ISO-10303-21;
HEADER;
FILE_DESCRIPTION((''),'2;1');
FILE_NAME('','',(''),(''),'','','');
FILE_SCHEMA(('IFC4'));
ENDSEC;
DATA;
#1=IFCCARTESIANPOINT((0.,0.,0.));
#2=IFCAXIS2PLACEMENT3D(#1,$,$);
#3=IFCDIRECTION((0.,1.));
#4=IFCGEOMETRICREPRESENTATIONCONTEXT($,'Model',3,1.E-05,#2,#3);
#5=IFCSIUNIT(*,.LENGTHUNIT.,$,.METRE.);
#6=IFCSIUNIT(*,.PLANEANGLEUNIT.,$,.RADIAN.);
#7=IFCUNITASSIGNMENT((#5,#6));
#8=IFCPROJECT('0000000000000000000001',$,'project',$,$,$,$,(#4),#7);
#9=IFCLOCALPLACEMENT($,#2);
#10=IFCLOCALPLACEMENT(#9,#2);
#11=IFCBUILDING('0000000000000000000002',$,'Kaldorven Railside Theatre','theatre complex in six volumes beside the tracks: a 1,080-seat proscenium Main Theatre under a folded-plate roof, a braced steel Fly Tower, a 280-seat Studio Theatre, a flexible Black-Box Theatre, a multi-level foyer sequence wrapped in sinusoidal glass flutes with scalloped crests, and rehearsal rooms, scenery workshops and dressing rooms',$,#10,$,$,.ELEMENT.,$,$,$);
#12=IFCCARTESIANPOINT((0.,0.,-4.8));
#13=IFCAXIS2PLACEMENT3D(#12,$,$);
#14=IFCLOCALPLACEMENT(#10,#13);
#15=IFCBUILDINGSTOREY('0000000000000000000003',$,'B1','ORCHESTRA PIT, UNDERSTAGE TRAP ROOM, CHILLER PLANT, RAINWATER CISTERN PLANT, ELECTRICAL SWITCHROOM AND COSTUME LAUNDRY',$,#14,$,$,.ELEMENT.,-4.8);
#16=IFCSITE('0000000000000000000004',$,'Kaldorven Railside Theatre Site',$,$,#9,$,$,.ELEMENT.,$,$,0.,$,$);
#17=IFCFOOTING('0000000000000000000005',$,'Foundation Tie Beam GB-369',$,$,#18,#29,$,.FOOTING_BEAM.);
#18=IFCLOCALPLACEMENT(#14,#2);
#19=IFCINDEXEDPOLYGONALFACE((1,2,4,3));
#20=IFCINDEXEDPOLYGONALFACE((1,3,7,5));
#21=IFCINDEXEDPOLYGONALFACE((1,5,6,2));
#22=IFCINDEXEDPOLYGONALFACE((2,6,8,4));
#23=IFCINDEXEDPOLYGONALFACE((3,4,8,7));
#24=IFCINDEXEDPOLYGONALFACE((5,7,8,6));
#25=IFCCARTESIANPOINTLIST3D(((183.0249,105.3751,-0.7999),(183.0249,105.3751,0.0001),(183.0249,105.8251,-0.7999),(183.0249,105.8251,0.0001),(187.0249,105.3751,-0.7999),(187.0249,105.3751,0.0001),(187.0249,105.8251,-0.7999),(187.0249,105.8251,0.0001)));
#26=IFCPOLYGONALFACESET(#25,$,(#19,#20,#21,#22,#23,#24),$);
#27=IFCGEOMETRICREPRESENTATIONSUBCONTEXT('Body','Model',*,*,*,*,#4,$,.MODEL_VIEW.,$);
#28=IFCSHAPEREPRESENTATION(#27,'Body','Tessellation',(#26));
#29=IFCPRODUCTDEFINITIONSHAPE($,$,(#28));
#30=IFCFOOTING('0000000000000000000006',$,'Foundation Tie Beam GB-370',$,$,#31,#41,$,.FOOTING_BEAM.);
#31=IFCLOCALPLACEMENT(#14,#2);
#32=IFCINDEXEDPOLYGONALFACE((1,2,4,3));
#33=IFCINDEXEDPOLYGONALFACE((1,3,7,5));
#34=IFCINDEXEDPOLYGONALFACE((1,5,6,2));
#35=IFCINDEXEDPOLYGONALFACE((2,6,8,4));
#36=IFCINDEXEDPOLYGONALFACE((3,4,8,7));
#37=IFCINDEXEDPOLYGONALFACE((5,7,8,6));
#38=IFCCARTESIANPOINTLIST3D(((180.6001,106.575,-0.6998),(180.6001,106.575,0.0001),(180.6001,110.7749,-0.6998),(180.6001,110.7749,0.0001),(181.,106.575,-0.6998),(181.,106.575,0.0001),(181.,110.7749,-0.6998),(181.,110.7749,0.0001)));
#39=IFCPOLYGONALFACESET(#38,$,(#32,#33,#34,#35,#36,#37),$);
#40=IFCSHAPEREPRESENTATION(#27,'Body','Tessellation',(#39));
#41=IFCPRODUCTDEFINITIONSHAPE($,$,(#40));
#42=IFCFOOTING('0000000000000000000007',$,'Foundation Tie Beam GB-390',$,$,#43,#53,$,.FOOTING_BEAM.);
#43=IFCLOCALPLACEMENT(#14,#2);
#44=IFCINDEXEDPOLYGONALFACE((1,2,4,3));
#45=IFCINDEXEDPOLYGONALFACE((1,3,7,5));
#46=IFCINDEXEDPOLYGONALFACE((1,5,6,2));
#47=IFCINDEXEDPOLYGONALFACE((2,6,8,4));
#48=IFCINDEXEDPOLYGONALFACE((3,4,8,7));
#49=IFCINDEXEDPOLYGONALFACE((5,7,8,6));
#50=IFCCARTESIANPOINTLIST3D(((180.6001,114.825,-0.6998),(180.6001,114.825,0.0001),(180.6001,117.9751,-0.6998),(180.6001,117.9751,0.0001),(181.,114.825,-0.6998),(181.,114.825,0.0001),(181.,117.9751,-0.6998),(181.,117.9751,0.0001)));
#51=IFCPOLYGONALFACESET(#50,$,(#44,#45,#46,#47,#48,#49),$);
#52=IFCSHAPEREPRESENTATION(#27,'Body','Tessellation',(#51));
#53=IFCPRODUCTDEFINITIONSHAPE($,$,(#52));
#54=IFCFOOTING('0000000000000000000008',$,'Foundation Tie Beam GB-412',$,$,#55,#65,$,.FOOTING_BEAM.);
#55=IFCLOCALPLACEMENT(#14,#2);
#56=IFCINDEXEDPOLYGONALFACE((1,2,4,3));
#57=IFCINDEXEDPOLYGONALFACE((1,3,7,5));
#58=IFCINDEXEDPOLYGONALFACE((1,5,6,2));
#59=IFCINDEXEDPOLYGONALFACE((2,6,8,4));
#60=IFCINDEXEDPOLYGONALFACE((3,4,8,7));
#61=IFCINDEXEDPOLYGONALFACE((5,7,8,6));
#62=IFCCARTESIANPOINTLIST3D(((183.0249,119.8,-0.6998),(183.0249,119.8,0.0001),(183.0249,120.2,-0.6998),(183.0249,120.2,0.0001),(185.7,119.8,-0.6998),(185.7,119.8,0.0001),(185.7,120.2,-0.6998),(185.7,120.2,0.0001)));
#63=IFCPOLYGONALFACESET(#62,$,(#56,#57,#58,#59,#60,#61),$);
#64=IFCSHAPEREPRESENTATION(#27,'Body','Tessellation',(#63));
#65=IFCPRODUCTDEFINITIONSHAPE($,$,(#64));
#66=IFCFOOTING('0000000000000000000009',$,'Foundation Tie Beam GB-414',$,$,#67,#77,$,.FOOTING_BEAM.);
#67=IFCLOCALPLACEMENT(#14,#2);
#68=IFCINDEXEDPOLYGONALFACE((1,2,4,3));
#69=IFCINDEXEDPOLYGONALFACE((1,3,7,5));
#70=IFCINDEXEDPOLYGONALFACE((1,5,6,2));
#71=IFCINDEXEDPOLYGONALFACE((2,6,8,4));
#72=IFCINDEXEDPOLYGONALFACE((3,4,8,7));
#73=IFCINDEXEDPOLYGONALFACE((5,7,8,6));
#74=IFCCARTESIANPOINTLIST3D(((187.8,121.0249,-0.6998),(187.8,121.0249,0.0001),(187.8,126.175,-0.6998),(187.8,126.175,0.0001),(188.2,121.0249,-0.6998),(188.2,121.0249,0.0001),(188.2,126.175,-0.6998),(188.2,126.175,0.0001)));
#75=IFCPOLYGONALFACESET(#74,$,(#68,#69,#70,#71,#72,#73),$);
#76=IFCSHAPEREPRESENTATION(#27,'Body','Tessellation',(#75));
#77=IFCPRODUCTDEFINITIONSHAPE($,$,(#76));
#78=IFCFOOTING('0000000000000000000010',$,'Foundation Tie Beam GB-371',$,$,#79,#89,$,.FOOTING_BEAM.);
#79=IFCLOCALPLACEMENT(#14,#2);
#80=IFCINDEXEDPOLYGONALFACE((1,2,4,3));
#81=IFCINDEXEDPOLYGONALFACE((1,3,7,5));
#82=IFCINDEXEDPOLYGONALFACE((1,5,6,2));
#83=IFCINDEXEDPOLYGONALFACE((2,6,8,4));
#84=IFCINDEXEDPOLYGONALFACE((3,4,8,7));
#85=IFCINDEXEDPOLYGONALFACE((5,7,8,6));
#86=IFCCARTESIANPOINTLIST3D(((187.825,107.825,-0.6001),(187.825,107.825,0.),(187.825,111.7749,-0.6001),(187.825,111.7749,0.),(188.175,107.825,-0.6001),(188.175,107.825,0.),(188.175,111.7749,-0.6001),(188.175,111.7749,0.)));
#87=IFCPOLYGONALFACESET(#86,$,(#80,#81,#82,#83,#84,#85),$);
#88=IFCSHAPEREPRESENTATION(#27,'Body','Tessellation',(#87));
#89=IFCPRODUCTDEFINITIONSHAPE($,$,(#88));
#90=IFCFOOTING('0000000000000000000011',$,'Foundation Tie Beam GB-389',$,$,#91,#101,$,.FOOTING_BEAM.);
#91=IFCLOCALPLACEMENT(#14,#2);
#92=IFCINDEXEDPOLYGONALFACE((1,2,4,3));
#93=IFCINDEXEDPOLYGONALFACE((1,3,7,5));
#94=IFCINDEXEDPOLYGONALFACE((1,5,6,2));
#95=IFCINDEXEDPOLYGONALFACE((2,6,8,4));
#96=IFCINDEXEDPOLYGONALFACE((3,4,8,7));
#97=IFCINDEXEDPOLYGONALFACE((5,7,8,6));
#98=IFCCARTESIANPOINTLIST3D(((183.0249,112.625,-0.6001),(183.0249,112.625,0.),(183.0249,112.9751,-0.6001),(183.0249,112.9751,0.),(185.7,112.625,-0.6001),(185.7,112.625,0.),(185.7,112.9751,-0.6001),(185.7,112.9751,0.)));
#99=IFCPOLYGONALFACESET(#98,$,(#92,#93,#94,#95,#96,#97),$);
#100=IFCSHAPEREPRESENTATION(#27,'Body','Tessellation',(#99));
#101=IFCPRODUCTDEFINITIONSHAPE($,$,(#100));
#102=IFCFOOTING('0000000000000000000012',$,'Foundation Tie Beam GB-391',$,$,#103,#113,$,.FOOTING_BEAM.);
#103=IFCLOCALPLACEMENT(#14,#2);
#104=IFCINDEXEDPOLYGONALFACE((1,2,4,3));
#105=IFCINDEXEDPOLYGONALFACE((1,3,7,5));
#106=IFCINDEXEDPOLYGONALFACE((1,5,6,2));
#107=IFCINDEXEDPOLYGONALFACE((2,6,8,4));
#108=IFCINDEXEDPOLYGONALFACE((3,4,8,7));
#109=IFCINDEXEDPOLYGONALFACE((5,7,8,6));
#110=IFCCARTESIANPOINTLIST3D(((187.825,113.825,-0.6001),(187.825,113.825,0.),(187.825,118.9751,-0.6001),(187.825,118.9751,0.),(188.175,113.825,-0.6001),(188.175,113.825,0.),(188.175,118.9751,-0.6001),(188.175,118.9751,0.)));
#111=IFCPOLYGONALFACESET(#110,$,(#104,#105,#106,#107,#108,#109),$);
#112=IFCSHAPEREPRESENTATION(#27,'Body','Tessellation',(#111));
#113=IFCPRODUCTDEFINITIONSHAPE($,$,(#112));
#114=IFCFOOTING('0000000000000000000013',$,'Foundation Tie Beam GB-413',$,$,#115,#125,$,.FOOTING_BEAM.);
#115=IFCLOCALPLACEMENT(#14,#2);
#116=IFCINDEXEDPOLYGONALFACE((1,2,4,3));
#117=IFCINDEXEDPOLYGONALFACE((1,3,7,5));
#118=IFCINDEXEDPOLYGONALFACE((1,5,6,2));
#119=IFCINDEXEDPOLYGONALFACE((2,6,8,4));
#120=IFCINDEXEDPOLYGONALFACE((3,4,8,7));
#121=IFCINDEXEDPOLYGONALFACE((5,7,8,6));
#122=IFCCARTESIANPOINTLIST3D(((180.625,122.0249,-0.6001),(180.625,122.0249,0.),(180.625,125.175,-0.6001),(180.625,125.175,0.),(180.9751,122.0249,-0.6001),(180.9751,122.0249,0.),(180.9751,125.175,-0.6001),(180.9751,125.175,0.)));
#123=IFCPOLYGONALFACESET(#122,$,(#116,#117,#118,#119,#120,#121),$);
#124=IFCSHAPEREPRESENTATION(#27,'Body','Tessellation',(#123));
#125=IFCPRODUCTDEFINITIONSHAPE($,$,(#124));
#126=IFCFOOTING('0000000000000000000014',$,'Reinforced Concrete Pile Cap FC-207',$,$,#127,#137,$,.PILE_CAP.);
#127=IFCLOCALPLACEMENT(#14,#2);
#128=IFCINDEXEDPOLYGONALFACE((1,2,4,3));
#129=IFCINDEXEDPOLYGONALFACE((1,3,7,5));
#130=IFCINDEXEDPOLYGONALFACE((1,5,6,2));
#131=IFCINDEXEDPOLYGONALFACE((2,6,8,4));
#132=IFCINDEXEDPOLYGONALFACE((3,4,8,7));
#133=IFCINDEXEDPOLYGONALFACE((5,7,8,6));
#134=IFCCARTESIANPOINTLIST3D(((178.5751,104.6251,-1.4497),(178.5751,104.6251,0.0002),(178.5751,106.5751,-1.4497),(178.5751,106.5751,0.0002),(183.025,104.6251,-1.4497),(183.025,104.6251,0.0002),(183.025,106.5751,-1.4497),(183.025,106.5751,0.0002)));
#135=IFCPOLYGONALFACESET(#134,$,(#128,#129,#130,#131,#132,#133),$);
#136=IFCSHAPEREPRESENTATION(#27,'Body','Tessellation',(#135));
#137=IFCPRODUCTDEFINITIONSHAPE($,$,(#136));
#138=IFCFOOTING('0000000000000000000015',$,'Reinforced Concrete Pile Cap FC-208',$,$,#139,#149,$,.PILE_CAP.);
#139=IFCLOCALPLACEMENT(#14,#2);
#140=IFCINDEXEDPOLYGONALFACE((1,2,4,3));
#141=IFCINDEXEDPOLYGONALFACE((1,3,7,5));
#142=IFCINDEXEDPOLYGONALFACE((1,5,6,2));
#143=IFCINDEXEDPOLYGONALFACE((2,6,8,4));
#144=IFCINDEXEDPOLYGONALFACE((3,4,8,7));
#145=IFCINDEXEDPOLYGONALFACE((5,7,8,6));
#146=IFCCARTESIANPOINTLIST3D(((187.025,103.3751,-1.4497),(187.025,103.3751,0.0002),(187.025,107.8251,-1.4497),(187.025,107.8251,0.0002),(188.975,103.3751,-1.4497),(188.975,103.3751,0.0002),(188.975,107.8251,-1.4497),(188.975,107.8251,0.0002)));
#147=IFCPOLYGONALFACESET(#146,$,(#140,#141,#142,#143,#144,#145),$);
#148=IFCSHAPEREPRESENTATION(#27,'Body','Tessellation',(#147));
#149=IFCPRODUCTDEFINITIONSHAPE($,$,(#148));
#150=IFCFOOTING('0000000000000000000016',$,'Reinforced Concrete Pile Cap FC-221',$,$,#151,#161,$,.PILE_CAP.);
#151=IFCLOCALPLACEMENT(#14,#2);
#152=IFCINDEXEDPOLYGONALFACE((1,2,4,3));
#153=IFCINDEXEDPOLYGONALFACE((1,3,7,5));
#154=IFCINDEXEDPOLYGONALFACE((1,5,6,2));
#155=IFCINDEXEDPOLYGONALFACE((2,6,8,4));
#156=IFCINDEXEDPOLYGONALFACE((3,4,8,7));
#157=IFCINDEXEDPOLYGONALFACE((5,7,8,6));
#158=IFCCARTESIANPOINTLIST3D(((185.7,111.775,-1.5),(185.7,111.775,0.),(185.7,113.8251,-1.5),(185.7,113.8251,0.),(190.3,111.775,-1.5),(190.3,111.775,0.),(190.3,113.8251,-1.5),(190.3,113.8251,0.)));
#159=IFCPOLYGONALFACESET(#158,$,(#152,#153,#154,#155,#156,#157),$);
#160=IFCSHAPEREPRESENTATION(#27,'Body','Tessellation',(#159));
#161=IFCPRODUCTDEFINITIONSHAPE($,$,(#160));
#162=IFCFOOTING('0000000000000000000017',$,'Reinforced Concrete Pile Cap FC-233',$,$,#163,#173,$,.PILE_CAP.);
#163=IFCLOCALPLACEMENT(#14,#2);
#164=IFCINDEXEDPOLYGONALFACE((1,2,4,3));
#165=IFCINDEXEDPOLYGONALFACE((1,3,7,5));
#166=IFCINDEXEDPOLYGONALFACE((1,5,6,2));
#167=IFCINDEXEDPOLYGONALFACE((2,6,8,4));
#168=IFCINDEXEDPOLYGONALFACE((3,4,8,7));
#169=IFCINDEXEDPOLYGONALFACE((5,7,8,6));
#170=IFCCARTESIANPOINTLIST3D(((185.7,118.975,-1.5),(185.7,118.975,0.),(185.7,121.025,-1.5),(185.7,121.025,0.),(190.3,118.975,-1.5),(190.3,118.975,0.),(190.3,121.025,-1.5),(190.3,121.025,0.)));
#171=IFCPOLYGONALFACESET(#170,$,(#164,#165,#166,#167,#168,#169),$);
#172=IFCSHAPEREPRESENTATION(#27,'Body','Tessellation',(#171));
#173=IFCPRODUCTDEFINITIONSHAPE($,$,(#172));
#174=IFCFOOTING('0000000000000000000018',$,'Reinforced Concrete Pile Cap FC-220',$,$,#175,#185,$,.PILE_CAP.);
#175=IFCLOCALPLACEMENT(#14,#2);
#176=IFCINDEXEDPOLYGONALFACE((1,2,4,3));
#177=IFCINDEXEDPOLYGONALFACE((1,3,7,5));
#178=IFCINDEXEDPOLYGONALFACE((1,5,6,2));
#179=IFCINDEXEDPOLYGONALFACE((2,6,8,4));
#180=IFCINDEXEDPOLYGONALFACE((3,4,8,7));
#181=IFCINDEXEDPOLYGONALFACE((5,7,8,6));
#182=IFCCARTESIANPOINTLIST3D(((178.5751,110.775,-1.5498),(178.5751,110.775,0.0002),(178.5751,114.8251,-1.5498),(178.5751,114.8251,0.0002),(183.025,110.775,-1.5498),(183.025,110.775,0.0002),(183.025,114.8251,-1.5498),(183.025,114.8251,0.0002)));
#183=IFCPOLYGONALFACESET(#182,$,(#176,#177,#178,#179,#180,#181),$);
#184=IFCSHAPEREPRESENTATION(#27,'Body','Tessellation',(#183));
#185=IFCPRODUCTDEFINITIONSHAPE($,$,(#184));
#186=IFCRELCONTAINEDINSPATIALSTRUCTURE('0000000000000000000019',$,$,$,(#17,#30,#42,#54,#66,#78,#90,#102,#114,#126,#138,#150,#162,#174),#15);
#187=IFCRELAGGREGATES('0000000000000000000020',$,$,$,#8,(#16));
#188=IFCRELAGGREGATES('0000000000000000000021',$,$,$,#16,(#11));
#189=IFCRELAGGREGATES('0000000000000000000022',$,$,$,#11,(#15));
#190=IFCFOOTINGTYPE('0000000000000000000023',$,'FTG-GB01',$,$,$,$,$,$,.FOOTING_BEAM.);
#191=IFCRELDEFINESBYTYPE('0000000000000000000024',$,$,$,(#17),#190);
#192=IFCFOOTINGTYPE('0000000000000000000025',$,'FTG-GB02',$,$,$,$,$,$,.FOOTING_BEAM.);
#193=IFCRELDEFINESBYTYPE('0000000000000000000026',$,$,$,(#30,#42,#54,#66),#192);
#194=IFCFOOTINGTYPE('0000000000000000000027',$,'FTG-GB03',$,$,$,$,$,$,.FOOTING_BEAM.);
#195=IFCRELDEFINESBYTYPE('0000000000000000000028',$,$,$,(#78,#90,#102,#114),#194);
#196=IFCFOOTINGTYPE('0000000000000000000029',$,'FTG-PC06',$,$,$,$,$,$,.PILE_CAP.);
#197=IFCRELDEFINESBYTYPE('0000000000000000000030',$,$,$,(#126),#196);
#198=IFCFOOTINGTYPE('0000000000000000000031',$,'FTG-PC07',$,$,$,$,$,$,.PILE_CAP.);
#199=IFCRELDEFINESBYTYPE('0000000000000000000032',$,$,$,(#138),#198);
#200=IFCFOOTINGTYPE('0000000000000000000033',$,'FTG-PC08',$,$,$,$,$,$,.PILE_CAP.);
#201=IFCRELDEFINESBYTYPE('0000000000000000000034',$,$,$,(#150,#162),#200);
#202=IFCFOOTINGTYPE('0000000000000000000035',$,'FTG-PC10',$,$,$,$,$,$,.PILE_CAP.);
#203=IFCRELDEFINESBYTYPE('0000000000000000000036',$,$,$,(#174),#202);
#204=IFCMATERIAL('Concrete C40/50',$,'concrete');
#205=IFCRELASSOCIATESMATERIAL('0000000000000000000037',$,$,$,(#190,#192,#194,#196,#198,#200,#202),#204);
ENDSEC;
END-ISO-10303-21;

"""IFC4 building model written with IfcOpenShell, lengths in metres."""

from ifc_helpers import new_model, si_unit, direction, frame, origin, origin_2d, place, context, subcontext, project, spatial, rectangle, extrude, material, material_profile, profile_set, type_object, element, save


model = new_model("IFC4")

# Units and contexts
model_context = context("Model", 3, precision=1e-05, world=origin(), true_north=direction((0.0, 1.0)))
body_context = subcontext(model_context, "Body", "Model", "MODEL_VIEW")
ifc_project = project(units=[si_unit("LENGTHUNIT", "METRE"), si_unit("PLANEANGLEUNIT", "RADIAN")], contexts=[model_context])

# Site, building, storey
site_placement = place(None, origin())
site = spatial("IfcSite", under=ifc_project, at=site_placement, Name="Kaldorven Railside Theatre Site", CompositionType="ELEMENT", RefElevation=0.0)
building_placement = place(site_placement, origin())
building = spatial("IfcBuilding", under=site, at=building_placement, Name="Kaldorven Railside Theatre", Description="theatre complex in six volumes beside the tracks: a 1,080-seat proscenium Main Theatre under a folded-plate roof, a braced steel Fly Tower, a 280-seat Studio Theatre, a flexible Black-Box Theatre, a multi-level foyer sequence wrapped in sinusoidal glass flutes with scalloped crests, and rehearsal rooms, scenery workshops and dressing rooms", CompositionType="ELEMENT")
storey_placement = place(building_placement, frame((0.0, 0.0, -4.8)))
storey = spatial("IfcBuildingStorey", under=building, at=storey_placement, Name="B1", Description="ORCHESTRA PIT, UNDERSTAGE TRAP ROOM, CHILLER PLANT, RAINWATER CISTERN PLANT, ELECTRICAL SWITCHROOM AND COSTUME LAUNDRY", CompositionType="ELEMENT", Elevation=-4.8)

# Footings
ifc_material_1 = material(Name="Concrete C40/50", Category="concrete")
ifc_material_profile_1 = material_profile(ifc_material_1, rectangle(XDim=0.45, YDim=0.8, at=origin_2d()), Name="RC 450x800")
ifc_profile_set_1 = profile_set([ifc_material_profile_1], Name="Concrete C40/50")
footing_type_1 = type_object("IfcFootingType", Name="FTG-GB01", PredefinedType="FOOTING_BEAM", material=ifc_profile_set_1)
footing_1_placement = place(storey_placement, frame((183.0249, 105.6001, -0.3999), z_axis=(1.0, 0.0, 0.0), x_axis=(0.0, 1.0, 0.0)))
element("IfcFooting", 1, at=footing_1_placement, inside=storey, type_object=footing_type_1, Name="Foundation Tie Beam GB-369", PredefinedType="FOOTING_BEAM", context=body_context, shape_type="SweptSolid", body=[
    extrude(rectangle(XDim=0.45, YDim=0.8, at=origin_2d()), origin(), (0.0, 0.0, 1.0), 4.0),
])
ifc_material_profile_2 = material_profile(ifc_material_1, rectangle(XDim=0.3999, YDim=0.7, at=origin_2d()), Name="RC 400x700")
ifc_profile_set_2 = profile_set([ifc_material_profile_2], Name="Concrete C40/50")
footing_type_2 = type_object("IfcFootingType", Name="FTG-GB02", PredefinedType="FOOTING_BEAM", material=ifc_profile_set_2)
footing_2_placement = place(storey_placement, frame((180.8, 106.575, -0.3499), z_axis=(0.0, 1.0, 0.0), x_axis=(-1.0, 0.0, 0.0)))
element("IfcFooting", 2, at=footing_2_placement, inside=storey, type_object=footing_type_2, Name="Foundation Tie Beam GB-370", PredefinedType="FOOTING_BEAM", context=body_context, shape_type="SweptSolid", body=[
    extrude(rectangle(XDim=0.3999, YDim=0.7, at=origin_2d()), origin(), (0.0, 0.0, 1.0), 4.2),
])
footing_3_placement = place(storey_placement, frame((180.8, 114.825, -0.3499), z_axis=(0.0, 1.0, 0.0), x_axis=(-1.0, 0.0, 0.0)))
element("IfcFooting", 3, at=footing_3_placement, inside=storey, type_object=footing_type_2, Name="Foundation Tie Beam GB-390", PredefinedType="FOOTING_BEAM", context=body_context, shape_type="SweptSolid", body=[
    extrude(rectangle(XDim=0.3999, YDim=0.7, at=origin_2d()), origin(), (0.0, 0.0, 1.0), 3.1501),
])
footing_4_placement = place(storey_placement, frame((183.0249, 120.0, -0.3499), z_axis=(1.0, 0.0, 0.0), x_axis=(0.0, 1.0, 0.0)))
element("IfcFooting", 4, at=footing_4_placement, inside=storey, type_object=footing_type_2, Name="Foundation Tie Beam GB-412", PredefinedType="FOOTING_BEAM", context=body_context, shape_type="SweptSolid", body=[
    extrude(rectangle(XDim=0.3999, YDim=0.7, at=origin_2d()), origin(), (0.0, 0.0, 1.0), 2.675),
])
footing_5_placement = place(storey_placement, frame((188.0, 121.0249, -0.3499), z_axis=(0.0, 1.0, 0.0), x_axis=(-1.0, 0.0, 0.0)))
element("IfcFooting", 5, at=footing_5_placement, inside=storey, type_object=footing_type_2, Name="Foundation Tie Beam GB-414", PredefinedType="FOOTING_BEAM", context=body_context, shape_type="SweptSolid", body=[
    extrude(rectangle(XDim=0.3999, YDim=0.7, at=origin_2d()), origin(), (0.0, 0.0, 1.0), 5.1501),
])
ifc_material_profile_3 = material_profile(ifc_material_1, rectangle(XDim=0.3501, YDim=0.6001, at=origin_2d()), Name="RC 350x600")
ifc_profile_set_3 = profile_set([ifc_material_profile_3], Name="Concrete C40/50")
footing_type_3 = type_object("IfcFootingType", Name="FTG-GB03", PredefinedType="FOOTING_BEAM", material=ifc_profile_set_3)
footing_6_placement = place(storey_placement, frame((188.0, 107.825, -0.3), z_axis=(0.0, 1.0, 0.0), x_axis=(-1.0, 0.0, 0.0)))
element("IfcFooting", 6, at=footing_6_placement, inside=storey, type_object=footing_type_3, Name="Foundation Tie Beam GB-371", PredefinedType="FOOTING_BEAM", context=body_context, shape_type="SweptSolid", body=[
    extrude(rectangle(XDim=0.3501, YDim=0.6001, at=origin_2d()), origin(), (0.0, 0.0, 1.0), 3.95),
])
footing_7_placement = place(storey_placement, frame((183.0249, 112.8, -0.3), z_axis=(1.0, 0.0, 0.0), x_axis=(0.0, 1.0, 0.0)))
element("IfcFooting", 7, at=footing_7_placement, inside=storey, type_object=footing_type_3, Name="Foundation Tie Beam GB-389", PredefinedType="FOOTING_BEAM", context=body_context, shape_type="SweptSolid", body=[
    extrude(rectangle(XDim=0.3501, YDim=0.6001, at=origin_2d()), origin(), (0.0, 0.0, 1.0), 2.675),
])
footing_8_placement = place(storey_placement, frame((188.0, 113.825, -0.3), z_axis=(0.0, 1.0, 0.0), x_axis=(-1.0, 0.0, 0.0)))
element("IfcFooting", 8, at=footing_8_placement, inside=storey, type_object=footing_type_3, Name="Foundation Tie Beam GB-391", PredefinedType="FOOTING_BEAM", context=body_context, shape_type="SweptSolid", body=[
    extrude(rectangle(XDim=0.3501, YDim=0.6001, at=origin_2d()), origin(), (0.0, 0.0, 1.0), 5.1501),
])
footing_9_placement = place(storey_placement, frame((180.8, 122.0249, -0.3), z_axis=(0.0, 1.0, 0.0), x_axis=(-1.0, 0.0, 0.0)))
element("IfcFooting", 9, at=footing_9_placement, inside=storey, type_object=footing_type_3, Name="Foundation Tie Beam GB-413", PredefinedType="FOOTING_BEAM", context=body_context, shape_type="SweptSolid", body=[
    extrude(rectangle(XDim=0.3501, YDim=0.6001, at=origin_2d()), origin(), (0.0, 0.0, 1.0), 3.1501),
])
footing_type_4 = type_object("IfcFootingType", Name="FTG-PC06", PredefinedType="PILE_CAP", material=ifc_material_1)
footing_10_placement = place(storey_placement, frame((180.8, 105.6001, -1.4497), z_axis=(0.0, 0.0, 1.0), x_axis=(1.0, 0.0, 0.0)))
element("IfcFooting", 10, at=footing_10_placement, inside=storey, type_object=footing_type_4, Name="Reinforced Concrete Pile Cap FC-207", PredefinedType="PILE_CAP", context=body_context, shape_type="SweptSolid", body=[
    extrude(rectangle(XDim=4.45, YDim=1.95, at=origin_2d()), origin(), (0.0, 0.0, 1.0), 1.45),
])
footing_type_5 = type_object("IfcFootingType", Name="FTG-PC07", PredefinedType="PILE_CAP", material=ifc_material_1)
footing_11_placement = place(storey_placement, frame((188.0, 105.6001, -1.4497), z_axis=(0.0, 0.0, 1.0), x_axis=(1.0, 0.0, 0.0)))
element("IfcFooting", 11, at=footing_11_placement, inside=storey, type_object=footing_type_5, Name="Reinforced Concrete Pile Cap FC-208", PredefinedType="PILE_CAP", context=body_context, shape_type="SweptSolid", body=[
    extrude(rectangle(XDim=1.95, YDim=4.45, at=origin_2d()), origin(), (0.0, 0.0, 1.0), 1.45),
])
footing_type_6 = type_object("IfcFootingType", Name="FTG-PC08", PredefinedType="PILE_CAP", material=ifc_material_1)
for number, where, z_axis, x_axis, name in (
    (12, (188.0, 112.8, -1.5), (0.0, 0.0, 1.0), (1.0, 0.0, 0.0), "Reinforced Concrete Pile Cap FC-221"),
    (13, (188.0, 120.0, -1.5), (0.0, 0.0, 1.0), (1.0, 0.0, 0.0), "Reinforced Concrete Pile Cap FC-233"),
):
    element("IfcFooting", number, at=place(storey_placement, frame(where, z_axis=z_axis, x_axis=x_axis)), inside=storey, type_object=footing_type_6, Name=name, PredefinedType="PILE_CAP", context=body_context, shape_type="SweptSolid", body=[
        extrude(rectangle(XDim=4.6001, YDim=2.05, at=origin_2d()), origin(), (0.0, 0.0, 1.0), 1.5),
    ])
footing_type_7 = type_object("IfcFootingType", Name="FTG-PC10", PredefinedType="PILE_CAP", material=ifc_material_1)
for number, where, z_axis, x_axis, name in (
    (14, (180.8, 112.8, -1.5498), (0.0, 0.0, 1.0), (1.0, 0.0, 0.0), "Reinforced Concrete Pile Cap FC-220"),
):
    element("IfcFooting", number, at=place(storey_placement, frame(where, z_axis=z_axis, x_axis=x_axis)), inside=storey, type_object=footing_type_7, Name=name, PredefinedType="PILE_CAP", context=body_context, shape_type="SweptSolid", body=[
        extrude(rectangle(XDim=4.45, YDim=4.05, at=origin_2d()), origin(), (0.0, 0.0, 1.0), 1.55),
    ])

save(model, "model.ifc")
